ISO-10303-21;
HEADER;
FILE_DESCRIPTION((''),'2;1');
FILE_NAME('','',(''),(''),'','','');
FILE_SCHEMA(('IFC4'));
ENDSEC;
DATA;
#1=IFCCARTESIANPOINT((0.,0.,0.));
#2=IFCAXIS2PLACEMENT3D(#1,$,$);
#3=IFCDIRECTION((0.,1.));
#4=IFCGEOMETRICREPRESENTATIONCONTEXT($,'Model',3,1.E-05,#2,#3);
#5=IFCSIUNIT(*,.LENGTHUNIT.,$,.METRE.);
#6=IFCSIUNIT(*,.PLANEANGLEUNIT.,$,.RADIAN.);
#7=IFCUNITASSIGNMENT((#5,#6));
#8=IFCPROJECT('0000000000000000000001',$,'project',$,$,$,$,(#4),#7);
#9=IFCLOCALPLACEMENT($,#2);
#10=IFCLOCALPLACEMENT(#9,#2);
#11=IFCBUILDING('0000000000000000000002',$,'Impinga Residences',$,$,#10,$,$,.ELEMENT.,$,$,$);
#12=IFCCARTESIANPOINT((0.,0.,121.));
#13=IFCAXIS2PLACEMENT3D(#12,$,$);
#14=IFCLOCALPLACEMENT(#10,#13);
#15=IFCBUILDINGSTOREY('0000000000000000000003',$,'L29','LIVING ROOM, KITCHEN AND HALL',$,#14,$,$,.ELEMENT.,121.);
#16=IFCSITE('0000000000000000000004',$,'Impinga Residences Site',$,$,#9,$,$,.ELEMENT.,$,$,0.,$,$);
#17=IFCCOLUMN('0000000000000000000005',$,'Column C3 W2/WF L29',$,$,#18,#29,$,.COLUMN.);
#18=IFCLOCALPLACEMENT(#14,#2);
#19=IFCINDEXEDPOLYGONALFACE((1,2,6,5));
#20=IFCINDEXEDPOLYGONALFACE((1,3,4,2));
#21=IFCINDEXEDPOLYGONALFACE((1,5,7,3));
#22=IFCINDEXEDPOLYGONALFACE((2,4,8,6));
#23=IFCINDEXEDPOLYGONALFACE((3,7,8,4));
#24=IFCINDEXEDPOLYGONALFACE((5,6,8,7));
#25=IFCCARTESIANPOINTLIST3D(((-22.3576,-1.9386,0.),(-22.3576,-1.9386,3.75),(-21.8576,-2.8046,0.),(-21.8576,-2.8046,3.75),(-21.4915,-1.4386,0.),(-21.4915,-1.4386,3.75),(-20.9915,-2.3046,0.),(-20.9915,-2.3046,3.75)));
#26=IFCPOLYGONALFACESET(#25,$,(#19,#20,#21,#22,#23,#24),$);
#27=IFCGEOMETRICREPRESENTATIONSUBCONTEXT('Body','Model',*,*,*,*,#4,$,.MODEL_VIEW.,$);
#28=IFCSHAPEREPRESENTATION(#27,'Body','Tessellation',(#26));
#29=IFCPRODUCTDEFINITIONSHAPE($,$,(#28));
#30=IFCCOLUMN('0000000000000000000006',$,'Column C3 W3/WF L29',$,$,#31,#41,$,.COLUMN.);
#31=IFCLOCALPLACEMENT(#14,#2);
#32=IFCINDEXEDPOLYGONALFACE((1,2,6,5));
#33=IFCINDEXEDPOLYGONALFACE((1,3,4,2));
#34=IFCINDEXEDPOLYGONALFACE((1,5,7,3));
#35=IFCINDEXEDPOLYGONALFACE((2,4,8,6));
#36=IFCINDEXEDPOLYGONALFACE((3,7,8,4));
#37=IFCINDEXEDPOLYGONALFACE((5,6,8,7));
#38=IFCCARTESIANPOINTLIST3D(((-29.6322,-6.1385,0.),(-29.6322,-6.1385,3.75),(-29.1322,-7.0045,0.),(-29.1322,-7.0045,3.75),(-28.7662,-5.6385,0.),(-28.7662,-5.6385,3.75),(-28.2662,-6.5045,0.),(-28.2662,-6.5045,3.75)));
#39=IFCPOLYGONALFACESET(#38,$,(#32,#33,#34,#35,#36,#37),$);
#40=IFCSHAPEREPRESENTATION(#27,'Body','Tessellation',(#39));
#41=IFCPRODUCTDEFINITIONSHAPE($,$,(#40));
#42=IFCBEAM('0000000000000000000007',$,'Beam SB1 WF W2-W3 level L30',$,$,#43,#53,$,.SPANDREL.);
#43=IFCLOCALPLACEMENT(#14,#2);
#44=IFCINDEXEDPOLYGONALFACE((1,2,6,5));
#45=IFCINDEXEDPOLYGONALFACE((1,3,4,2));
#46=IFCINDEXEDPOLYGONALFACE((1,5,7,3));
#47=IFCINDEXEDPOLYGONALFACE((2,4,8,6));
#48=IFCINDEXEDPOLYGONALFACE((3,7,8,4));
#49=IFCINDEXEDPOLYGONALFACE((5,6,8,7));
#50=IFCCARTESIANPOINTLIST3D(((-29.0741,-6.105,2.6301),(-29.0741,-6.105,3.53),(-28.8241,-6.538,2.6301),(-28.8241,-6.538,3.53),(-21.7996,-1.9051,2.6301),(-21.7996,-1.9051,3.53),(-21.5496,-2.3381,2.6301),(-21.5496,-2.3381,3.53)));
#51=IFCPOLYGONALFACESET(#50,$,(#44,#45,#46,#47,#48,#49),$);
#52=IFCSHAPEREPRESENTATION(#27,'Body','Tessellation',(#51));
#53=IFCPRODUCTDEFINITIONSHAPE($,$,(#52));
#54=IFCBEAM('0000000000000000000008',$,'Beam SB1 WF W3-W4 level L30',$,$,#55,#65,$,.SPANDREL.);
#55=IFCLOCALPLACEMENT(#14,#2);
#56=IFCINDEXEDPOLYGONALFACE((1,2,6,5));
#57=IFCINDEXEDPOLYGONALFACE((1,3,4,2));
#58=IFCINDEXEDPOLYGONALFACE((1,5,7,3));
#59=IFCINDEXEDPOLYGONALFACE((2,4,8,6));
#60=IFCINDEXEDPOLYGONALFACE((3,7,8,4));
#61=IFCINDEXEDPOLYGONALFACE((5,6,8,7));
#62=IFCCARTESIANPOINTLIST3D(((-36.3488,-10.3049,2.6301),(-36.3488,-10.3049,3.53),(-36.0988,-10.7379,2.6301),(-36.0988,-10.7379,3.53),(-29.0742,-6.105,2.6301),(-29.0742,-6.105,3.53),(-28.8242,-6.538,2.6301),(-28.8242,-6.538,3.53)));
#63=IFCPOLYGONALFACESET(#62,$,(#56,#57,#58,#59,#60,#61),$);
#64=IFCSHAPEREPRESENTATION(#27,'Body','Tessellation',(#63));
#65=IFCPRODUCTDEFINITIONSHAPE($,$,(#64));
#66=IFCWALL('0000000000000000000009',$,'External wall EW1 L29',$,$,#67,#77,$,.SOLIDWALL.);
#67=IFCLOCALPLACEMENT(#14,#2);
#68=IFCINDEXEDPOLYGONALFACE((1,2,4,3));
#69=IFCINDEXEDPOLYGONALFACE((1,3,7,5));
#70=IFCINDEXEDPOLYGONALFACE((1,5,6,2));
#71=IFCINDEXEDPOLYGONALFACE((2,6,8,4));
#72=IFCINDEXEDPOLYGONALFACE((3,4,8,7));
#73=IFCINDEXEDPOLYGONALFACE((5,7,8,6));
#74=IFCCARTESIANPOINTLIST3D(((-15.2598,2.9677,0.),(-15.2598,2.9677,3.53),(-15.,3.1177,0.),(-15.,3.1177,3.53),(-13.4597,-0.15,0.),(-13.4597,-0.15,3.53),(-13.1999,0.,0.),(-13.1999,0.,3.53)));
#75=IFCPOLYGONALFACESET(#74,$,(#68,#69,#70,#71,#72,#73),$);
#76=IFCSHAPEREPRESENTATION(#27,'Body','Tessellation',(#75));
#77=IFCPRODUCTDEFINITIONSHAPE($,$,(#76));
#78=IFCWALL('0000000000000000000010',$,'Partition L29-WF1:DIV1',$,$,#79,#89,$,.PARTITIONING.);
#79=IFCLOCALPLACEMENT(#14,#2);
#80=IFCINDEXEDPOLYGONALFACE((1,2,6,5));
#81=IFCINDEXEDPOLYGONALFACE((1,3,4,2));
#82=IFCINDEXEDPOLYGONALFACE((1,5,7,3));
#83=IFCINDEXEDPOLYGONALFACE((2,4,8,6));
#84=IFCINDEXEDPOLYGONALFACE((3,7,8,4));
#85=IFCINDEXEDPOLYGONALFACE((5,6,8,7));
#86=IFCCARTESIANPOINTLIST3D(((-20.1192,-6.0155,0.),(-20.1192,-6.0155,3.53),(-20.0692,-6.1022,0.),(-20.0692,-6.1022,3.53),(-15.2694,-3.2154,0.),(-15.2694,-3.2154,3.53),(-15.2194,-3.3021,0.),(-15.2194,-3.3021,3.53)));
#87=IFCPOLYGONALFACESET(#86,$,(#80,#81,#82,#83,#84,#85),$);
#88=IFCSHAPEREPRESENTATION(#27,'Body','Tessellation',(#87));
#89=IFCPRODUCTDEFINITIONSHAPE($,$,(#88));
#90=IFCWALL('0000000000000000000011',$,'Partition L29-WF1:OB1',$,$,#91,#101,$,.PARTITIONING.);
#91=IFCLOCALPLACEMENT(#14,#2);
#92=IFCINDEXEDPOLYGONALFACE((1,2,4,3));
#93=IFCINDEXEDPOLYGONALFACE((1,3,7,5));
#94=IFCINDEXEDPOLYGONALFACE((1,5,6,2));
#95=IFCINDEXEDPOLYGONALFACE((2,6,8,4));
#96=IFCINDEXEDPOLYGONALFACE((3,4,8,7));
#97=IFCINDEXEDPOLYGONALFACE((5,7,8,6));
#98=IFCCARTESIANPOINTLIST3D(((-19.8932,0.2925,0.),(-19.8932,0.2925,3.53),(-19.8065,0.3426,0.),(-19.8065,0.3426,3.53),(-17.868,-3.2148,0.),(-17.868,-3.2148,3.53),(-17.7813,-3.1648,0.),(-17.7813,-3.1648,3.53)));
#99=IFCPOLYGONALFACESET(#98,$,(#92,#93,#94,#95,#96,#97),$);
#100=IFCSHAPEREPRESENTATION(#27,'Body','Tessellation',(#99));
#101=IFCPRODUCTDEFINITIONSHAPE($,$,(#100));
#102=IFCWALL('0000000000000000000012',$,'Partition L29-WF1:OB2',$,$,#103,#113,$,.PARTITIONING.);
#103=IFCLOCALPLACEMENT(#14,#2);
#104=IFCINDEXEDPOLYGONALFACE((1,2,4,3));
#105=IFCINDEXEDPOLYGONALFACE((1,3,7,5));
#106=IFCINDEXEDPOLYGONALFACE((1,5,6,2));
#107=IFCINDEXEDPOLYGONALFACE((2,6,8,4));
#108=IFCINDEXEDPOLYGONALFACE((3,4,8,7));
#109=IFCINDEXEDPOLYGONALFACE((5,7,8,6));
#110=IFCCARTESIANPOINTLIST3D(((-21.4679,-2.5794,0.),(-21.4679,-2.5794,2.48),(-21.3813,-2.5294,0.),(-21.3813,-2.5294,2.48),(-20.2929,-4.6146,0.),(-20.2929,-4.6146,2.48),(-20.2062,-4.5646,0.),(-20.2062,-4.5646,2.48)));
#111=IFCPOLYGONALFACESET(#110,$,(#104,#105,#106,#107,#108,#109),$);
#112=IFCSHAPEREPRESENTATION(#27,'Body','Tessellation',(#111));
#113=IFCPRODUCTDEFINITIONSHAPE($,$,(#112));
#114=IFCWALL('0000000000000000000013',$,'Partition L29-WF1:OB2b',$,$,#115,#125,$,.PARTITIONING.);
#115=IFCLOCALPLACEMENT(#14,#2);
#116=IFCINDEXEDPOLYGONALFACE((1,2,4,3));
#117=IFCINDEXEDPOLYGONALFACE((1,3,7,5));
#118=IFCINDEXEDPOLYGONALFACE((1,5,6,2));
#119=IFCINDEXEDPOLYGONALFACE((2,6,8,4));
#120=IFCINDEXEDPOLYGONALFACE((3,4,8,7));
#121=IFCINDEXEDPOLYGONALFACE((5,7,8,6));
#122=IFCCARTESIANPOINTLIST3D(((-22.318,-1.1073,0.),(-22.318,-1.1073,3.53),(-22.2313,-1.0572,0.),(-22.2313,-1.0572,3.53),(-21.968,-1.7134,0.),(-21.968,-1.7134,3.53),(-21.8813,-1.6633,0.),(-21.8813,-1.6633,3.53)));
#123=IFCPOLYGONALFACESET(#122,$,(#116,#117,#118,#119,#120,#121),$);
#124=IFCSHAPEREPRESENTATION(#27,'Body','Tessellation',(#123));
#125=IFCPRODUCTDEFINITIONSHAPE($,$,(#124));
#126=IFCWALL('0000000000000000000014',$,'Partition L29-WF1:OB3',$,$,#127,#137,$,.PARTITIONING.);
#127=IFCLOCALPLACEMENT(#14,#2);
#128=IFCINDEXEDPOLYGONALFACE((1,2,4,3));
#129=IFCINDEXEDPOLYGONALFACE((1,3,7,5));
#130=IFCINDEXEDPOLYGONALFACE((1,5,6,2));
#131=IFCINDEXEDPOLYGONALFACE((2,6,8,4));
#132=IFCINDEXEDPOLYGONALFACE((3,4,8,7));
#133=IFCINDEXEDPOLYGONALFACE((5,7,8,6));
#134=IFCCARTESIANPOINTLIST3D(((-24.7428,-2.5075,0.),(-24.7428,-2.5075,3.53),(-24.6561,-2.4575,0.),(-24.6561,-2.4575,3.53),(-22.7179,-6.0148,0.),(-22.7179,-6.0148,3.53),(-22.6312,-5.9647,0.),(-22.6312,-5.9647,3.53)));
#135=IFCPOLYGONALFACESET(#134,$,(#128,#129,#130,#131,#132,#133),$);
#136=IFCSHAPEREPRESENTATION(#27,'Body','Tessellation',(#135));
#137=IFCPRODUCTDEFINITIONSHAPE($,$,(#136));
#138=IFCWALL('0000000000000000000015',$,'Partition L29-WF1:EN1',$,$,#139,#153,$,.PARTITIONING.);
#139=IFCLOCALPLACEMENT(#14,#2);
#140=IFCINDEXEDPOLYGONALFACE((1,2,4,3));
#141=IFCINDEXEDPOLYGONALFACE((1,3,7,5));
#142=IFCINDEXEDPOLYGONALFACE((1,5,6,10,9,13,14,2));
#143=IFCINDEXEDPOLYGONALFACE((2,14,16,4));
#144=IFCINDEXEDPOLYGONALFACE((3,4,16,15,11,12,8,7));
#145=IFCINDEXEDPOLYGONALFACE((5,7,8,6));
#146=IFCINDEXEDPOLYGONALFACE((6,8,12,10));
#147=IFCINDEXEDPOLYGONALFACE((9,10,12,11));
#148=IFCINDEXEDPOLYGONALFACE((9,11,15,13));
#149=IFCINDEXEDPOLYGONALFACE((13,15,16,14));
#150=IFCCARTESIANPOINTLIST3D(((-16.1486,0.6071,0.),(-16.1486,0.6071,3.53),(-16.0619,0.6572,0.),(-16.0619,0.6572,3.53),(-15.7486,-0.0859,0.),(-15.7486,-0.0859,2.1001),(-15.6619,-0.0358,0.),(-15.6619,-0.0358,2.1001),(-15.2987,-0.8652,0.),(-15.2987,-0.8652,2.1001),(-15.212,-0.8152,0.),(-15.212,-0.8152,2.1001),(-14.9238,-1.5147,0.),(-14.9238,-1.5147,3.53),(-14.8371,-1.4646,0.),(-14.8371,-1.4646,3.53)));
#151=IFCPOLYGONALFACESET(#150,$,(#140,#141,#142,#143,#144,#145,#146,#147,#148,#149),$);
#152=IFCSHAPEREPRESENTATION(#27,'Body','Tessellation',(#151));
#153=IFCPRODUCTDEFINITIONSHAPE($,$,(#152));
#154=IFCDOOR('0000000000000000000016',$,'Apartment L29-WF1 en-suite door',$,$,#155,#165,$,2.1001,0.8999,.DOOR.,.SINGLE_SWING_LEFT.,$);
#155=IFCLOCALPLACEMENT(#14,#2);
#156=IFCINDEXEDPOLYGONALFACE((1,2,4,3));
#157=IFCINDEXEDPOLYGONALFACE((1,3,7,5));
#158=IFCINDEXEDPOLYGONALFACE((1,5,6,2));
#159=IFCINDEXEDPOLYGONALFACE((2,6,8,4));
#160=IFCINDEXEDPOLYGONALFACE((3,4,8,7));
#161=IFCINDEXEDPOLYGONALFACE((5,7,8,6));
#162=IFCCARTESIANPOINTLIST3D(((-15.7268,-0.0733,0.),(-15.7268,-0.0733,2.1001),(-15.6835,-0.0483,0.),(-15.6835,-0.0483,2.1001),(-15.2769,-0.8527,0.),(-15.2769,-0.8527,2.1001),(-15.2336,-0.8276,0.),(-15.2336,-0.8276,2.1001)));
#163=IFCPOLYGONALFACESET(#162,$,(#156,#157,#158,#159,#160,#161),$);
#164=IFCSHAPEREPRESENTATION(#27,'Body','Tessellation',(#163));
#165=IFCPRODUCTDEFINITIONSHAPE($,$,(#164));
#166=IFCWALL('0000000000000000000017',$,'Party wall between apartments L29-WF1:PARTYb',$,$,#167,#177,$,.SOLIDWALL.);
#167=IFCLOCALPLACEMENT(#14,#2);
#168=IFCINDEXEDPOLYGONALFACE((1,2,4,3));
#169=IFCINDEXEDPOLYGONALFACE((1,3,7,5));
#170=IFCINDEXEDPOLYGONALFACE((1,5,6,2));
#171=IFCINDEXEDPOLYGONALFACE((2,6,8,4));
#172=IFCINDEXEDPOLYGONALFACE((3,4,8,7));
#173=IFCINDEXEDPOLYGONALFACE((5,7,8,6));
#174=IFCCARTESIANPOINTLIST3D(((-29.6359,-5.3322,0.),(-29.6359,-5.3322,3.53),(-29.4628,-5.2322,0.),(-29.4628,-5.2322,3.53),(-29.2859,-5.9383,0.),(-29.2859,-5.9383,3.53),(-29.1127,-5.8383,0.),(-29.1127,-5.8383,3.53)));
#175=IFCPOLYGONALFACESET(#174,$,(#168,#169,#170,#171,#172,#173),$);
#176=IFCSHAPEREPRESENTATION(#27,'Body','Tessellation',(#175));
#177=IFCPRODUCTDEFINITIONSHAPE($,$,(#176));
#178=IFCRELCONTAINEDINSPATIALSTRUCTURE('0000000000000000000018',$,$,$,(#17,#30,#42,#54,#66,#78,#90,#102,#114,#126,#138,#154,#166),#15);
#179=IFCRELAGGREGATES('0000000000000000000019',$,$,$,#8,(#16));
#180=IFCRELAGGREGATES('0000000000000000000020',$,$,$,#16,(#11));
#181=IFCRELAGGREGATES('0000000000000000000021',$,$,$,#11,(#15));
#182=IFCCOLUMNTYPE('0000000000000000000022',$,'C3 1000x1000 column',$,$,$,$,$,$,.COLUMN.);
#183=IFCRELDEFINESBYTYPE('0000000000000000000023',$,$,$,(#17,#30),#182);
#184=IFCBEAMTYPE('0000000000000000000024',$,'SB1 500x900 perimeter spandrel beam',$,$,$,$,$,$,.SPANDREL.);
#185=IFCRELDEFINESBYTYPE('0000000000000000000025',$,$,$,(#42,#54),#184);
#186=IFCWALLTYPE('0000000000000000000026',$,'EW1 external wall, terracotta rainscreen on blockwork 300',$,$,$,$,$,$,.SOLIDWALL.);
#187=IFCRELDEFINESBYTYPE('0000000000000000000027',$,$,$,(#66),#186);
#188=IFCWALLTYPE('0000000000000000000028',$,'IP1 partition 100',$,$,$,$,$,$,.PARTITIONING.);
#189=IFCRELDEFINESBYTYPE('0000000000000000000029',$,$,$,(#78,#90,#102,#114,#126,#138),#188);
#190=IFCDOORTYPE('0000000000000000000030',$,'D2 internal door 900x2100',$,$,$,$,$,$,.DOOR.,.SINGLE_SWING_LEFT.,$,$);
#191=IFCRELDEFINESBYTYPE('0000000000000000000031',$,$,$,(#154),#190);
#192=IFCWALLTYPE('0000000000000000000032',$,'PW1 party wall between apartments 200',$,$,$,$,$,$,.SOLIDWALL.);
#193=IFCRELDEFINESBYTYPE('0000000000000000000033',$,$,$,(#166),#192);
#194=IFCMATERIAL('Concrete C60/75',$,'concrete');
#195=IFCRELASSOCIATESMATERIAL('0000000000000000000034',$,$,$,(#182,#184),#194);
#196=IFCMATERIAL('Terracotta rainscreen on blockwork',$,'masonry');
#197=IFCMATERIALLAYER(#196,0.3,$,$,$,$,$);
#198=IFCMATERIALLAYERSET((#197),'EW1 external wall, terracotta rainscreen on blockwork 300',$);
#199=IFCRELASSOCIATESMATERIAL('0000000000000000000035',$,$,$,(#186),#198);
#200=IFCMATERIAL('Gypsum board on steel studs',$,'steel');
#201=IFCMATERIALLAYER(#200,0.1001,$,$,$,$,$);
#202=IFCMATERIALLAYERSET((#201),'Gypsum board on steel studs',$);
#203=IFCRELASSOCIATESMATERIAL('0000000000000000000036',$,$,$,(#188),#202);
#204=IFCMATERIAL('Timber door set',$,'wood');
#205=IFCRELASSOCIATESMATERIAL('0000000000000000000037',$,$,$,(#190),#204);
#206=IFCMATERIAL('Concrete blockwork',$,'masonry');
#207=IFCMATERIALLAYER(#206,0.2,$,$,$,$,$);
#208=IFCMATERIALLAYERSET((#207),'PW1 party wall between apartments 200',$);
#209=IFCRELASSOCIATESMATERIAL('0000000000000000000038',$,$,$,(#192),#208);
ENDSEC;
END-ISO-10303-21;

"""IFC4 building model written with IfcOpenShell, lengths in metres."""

from ifc_helpers import new_model, si_unit, direction, frame, frame_2d, origin, origin_2d, place, context, subcontext, project, spatial, rectangle, extrude, material, layer, layer_set, material_profile, profile_set, type_object, element, fill, save


model = new_model("IFC4")

# Units and contexts
model_context = context("Model", 3, precision=1e-05, world=origin(), true_north=direction((0.0, 1.0)))
body_context = subcontext(model_context, "Body", "Model", "MODEL_VIEW")
ifc_project = project(units=[si_unit("LENGTHUNIT", "METRE"), si_unit("PLANEANGLEUNIT", "RADIAN")], contexts=[model_context])

# Site, building, storey
site_placement = place(None, origin())
site = spatial("IfcSite", under=ifc_project, at=site_placement, Name="Impinga Residences Site", CompositionType="ELEMENT", RefElevation=0.0)
building_placement = place(site_placement, origin())
building = spatial("IfcBuilding", under=site, at=building_placement, Name="Impinga Residences", CompositionType="ELEMENT")
storey_placement = place(building_placement, frame((0.0, 0.0, 121.0)))
storey = spatial("IfcBuildingStorey", under=building, at=storey_placement, Name="L29", Description="LIVING ROOM, KITCHEN AND HALL", CompositionType="ELEMENT", Elevation=121.0)

# Columns
ifc_material_1 = material(Name="Concrete C60/75", Category="concrete")
ifc_material_profile_1 = material_profile(ifc_material_1, rectangle(XDim=1.0, YDim=1.0, at=origin_2d()), Name="RC 1000x1000")
ifc_profile_set_1 = profile_set([ifc_material_profile_1], Name="Concrete C60/75")
column_type = type_object("IfcColumnType", Name="C3 1000x1000 column", PredefinedType="COLUMN", material=ifc_profile_set_1)
for number, where, z_axis, x_axis, name in (
    (1, (-21.6746, -2.1216, 0.0), (0.0, 0.0, 1.0), (-0.5, 0.866025, 0.0), "Column C3 W2/WF L29"),
    (2, (-28.9492, -6.3215, 0.0), (0.0, 0.0, 1.0), (-0.5, 0.866025, 0.0), "Column C3 W3/WF L29"),
):
    element("IfcColumn", number, at=place(storey_placement, frame(where, z_axis=z_axis, x_axis=x_axis)), inside=storey, type_object=column_type, Name=name, PredefinedType="COLUMN", context=body_context, shape_type="SweptSolid", body=[
        extrude(rectangle(XDim=1.0, YDim=1.0, at=origin_2d()), origin(), (0.0, 0.0, 1.0), 3.75),
    ])

# Beams
ifc_material_profile_2 = material_profile(ifc_material_1, rectangle(XDim=0.5, YDim=0.8999, at=origin_2d()), Name="RC 500x900")
ifc_profile_set_2 = profile_set([ifc_material_profile_2], Name="Concrete C60/75")
beam_type = type_object("IfcBeamType", Name="SB1 500x900 perimeter spandrel beam", PredefinedType="SPANDREL", material=ifc_profile_set_2)
for number, where, z_axis, x_axis, name in (
    (3, (-21.6746, -2.1216, 3.0801), (-0.866029, -0.499993, 0.0), (0.499993, -0.866029, 0.0), "Beam SB1 WF W2-W3 level L30"),
    (4, (-28.9492, -6.3215, 3.0801), (-0.866029, -0.499993, 0.0), (0.499993, -0.866029, 0.0), "Beam SB1 WF W3-W4 level L30"),
):
    element("IfcBeam", number, at=place(storey_placement, frame(where, z_axis=z_axis, x_axis=x_axis)), inside=storey, type_object=beam_type, Name=name, PredefinedType="SPANDREL", context=body_context, shape_type="SweptSolid", body=[
        extrude(rectangle(XDim=0.5, YDim=0.8999, at=origin_2d()), origin(), (0.0, 0.0, 1.0), 8.3999),
    ])

# Walls
ifc_material_2 = material(Name="Terracotta rainscreen on blockwork", Category="masonry")
ifc_layer_1 = layer(ifc_material_2, 0.3)
ifc_layer_set_1 = layer_set([ifc_layer_1], Name="EW1 external wall, terracotta rainscreen on blockwork 300")
wall_type_1 = type_object("IfcWallType", Name="EW1 external wall, terracotta rainscreen on blockwork 300", PredefinedType="SOLIDWALL", material=ifc_layer_set_1)
wall_1_placement = place(storey_placement, frame((-15.1299, 3.0427, 0.0), z_axis=(0.0, 0.0, 1.0), x_axis=(0.500012, -0.866018, 0.0)))
element("IfcWall", 5, at=wall_1_placement, inside=storey, type_object=wall_type_1, Name="External wall EW1 L29", PredefinedType="SOLIDWALL", context=body_context, shape_type="SweptSolid", body=[
    extrude(rectangle(XDim=3.6001, YDim=0.3, at=frame_2d((1.8, 0.0))), origin(), (0.0, 0.0, 1.0), 3.53),
])
ifc_material_3 = material(Name="Gypsum board on steel studs", Category="steel")
ifc_layer_2 = layer(ifc_material_3, 0.1001)
ifc_layer_set_2 = layer_set([ifc_layer_2], Name="Gypsum board on steel studs")
wall_type_2 = type_object("IfcWallType", Name="IP1 partition 100", PredefinedType="PARTITIONING", material=ifc_layer_set_2)
wall_2_placement = place(storey_placement, frame((-15.2444, -3.2588, 0.0), z_axis=(0.0, 0.0, 1.0), x_axis=(-0.866027, -0.499998, 0.0)))
element("IfcWall", 6, at=wall_2_placement, inside=storey, type_object=wall_type_2, Name="Partition L29-WF1:DIV1", PredefinedType="PARTITIONING", context=body_context, shape_type="SweptSolid", body=[
    extrude(rectangle(XDim=5.6001, YDim=0.1001, at=frame_2d((2.8, 0.0))), origin(), (0.0, 0.0, 1.0), 3.53),
])
wall_3_placement = place(storey_placement, frame((-17.8247, -3.1897, 0.0), z_axis=(0.0, 0.0, 1.0), x_axis=(-0.500036, 0.866005, 0.0)))
element("IfcWall", 7, at=wall_3_placement, inside=storey, type_object=wall_type_2, Name="Partition L29-WF1:OB1", PredefinedType="PARTITIONING", context=body_context, shape_type="SweptSolid", body=[
    extrude(rectangle(XDim=4.05, YDim=0.1001, at=frame_2d((2.0249, 0.0))), origin(), (0.0, 0.0, 1.0), 3.53),
])
wall_4_placement = place(storey_placement, frame((-20.2495, -4.5896, 0.0), z_axis=(0.0, 0.0, 1.0), x_axis=(-0.500016, 0.866016, 0.0)))
element("IfcWall", 8, at=wall_4_placement, inside=storey, type_object=wall_type_2, Name="Partition L29-WF1:OB2", PredefinedType="PARTITIONING", context=body_context, shape_type="SweptSolid", body=[
    extrude(rectangle(XDim=2.3501, YDim=0.1001, at=frame_2d((1.175, 0.0))), origin(), (0.0, 0.0, 1.0), 2.48),
])
wall_5_placement = place(storey_placement, frame((-21.9246, -1.6885, 0.0), z_axis=(0.0, 0.0, 1.0), x_axis=(-0.500115, 0.865959, 0.0)))
element("IfcWall", 9, at=wall_5_placement, inside=storey, type_object=wall_type_2, Name="Partition L29-WF1:OB2b", PredefinedType="PARTITIONING", context=body_context, shape_type="SweptSolid", body=[
    extrude(rectangle(XDim=0.7, YDim=0.1001, at=frame_2d((0.3501, 0.0))), origin(), (0.0, 0.0, 1.0), 3.53),
])
wall_6_placement = place(storey_placement, frame((-22.6746, -5.9897, 0.0), z_axis=(0.0, 0.0, 1.0), x_axis=(-0.49999, 0.866031, 0.0)))
element("IfcWall", 10, at=wall_6_placement, inside=storey, type_object=wall_type_2, Name="Partition L29-WF1:OB3", PredefinedType="PARTITIONING", context=body_context, shape_type="SweptSolid", body=[
    extrude(rectangle(XDim=4.0498, YDim=0.1001, at=frame_2d((2.0249, 0.0))), origin(), (0.0, 0.0, 1.0), 3.53),
])

# Wall, opening, door
wall_7_placement = place(storey_placement, frame((-14.8804, -1.4897, 0.0), z_axis=(0.0, 0.0, 1.0), x_axis=(-0.499944, 0.866058, 0.0)))
wall_7 = element("IfcWall", 11, at=wall_7_placement, inside=storey, type_object=wall_type_2, Name="Partition L29-WF1:EN1", PredefinedType="PARTITIONING", context=body_context, shape_type="SweptSolid", body=[
    extrude(rectangle(XDim=2.45, YDim=0.1001, at=frame_2d((1.2251, 0.0))), origin(), (0.0, 0.0, 1.0), 3.53),
])
opening_placement = place(wall_7_placement, frame((0.75, 0.0, 0.0)))
opening = element("IfcOpeningElement", 12, at=opening_placement, cuts=wall_7, PredefinedType="OPENING", context=body_context, shape_type="SweptSolid", body=[
    extrude(rectangle(XDim=0.8999, YDim=2.1001, at=frame_2d((0.45, 1.05))), frame((0.0, 0.0601, 0.0), z_axis=(0.0, -1.0, 0.0), x_axis=(1.0, 0.0, 0.0)), (0.0, 0.0, 1.0), 0.1201),
])
ifc_material_4 = material(Name="Timber door set", Category="wood")
door_type = type_object("IfcDoorType", Name="D2 internal door 900x2100", OperationType="SINGLE_SWING_LEFT", PredefinedType="DOOR", material=ifc_material_4)
door_placement = place(opening_placement, origin())
door = element("IfcDoor", 13, at=door_placement, inside=storey, type_object=door_type, Name="Apartment L29-WF1 en-suite door", OperationType="SINGLE_SWING_LEFT", OverallHeight=2.1001, OverallWidth=0.8999, PredefinedType="DOOR", context=body_context, shape_type="SweptSolid", body=[
    extrude(rectangle(XDim=0.8999, YDim=2.1001, at=frame_2d((0.45, 1.05))), frame((0.0, 0.0249, 0.0), z_axis=(0.0, -1.0, 0.0), x_axis=(1.0, 0.0, 0.0)), (0.0, 0.0, 1.0), 0.05),
])
fill(opening, door)

# Wall
ifc_material_5 = material(Name="Concrete blockwork", Category="masonry")
ifc_layer_3 = layer(ifc_material_5, 0.2)
ifc_layer_set_3 = layer_set([ifc_layer_3], Name="PW1 party wall between apartments 200")
wall_type_3 = type_object("IfcWallType", Name="PW1 party wall between apartments 200", PredefinedType="SOLIDWALL", material=ifc_layer_set_3)
wall_8_placement = place(storey_placement, frame((-29.1992, -5.8884, 0.0), z_axis=(0.0, 0.0, 1.0), x_axis=(-0.500115, 0.865959, 0.0)))
element("IfcWall", 14, at=wall_8_placement, inside=storey, type_object=wall_type_3, Name="Party wall between apartments L29-WF1:PARTYb", PredefinedType="SOLIDWALL", context=body_context, shape_type="SweptSolid", body=[
    extrude(rectangle(XDim=0.7, YDim=0.2, at=frame_2d((0.3501, 0.0))), origin(), (0.0, 0.0, 1.0), 3.53),
])

save(model, "model.ifc")
